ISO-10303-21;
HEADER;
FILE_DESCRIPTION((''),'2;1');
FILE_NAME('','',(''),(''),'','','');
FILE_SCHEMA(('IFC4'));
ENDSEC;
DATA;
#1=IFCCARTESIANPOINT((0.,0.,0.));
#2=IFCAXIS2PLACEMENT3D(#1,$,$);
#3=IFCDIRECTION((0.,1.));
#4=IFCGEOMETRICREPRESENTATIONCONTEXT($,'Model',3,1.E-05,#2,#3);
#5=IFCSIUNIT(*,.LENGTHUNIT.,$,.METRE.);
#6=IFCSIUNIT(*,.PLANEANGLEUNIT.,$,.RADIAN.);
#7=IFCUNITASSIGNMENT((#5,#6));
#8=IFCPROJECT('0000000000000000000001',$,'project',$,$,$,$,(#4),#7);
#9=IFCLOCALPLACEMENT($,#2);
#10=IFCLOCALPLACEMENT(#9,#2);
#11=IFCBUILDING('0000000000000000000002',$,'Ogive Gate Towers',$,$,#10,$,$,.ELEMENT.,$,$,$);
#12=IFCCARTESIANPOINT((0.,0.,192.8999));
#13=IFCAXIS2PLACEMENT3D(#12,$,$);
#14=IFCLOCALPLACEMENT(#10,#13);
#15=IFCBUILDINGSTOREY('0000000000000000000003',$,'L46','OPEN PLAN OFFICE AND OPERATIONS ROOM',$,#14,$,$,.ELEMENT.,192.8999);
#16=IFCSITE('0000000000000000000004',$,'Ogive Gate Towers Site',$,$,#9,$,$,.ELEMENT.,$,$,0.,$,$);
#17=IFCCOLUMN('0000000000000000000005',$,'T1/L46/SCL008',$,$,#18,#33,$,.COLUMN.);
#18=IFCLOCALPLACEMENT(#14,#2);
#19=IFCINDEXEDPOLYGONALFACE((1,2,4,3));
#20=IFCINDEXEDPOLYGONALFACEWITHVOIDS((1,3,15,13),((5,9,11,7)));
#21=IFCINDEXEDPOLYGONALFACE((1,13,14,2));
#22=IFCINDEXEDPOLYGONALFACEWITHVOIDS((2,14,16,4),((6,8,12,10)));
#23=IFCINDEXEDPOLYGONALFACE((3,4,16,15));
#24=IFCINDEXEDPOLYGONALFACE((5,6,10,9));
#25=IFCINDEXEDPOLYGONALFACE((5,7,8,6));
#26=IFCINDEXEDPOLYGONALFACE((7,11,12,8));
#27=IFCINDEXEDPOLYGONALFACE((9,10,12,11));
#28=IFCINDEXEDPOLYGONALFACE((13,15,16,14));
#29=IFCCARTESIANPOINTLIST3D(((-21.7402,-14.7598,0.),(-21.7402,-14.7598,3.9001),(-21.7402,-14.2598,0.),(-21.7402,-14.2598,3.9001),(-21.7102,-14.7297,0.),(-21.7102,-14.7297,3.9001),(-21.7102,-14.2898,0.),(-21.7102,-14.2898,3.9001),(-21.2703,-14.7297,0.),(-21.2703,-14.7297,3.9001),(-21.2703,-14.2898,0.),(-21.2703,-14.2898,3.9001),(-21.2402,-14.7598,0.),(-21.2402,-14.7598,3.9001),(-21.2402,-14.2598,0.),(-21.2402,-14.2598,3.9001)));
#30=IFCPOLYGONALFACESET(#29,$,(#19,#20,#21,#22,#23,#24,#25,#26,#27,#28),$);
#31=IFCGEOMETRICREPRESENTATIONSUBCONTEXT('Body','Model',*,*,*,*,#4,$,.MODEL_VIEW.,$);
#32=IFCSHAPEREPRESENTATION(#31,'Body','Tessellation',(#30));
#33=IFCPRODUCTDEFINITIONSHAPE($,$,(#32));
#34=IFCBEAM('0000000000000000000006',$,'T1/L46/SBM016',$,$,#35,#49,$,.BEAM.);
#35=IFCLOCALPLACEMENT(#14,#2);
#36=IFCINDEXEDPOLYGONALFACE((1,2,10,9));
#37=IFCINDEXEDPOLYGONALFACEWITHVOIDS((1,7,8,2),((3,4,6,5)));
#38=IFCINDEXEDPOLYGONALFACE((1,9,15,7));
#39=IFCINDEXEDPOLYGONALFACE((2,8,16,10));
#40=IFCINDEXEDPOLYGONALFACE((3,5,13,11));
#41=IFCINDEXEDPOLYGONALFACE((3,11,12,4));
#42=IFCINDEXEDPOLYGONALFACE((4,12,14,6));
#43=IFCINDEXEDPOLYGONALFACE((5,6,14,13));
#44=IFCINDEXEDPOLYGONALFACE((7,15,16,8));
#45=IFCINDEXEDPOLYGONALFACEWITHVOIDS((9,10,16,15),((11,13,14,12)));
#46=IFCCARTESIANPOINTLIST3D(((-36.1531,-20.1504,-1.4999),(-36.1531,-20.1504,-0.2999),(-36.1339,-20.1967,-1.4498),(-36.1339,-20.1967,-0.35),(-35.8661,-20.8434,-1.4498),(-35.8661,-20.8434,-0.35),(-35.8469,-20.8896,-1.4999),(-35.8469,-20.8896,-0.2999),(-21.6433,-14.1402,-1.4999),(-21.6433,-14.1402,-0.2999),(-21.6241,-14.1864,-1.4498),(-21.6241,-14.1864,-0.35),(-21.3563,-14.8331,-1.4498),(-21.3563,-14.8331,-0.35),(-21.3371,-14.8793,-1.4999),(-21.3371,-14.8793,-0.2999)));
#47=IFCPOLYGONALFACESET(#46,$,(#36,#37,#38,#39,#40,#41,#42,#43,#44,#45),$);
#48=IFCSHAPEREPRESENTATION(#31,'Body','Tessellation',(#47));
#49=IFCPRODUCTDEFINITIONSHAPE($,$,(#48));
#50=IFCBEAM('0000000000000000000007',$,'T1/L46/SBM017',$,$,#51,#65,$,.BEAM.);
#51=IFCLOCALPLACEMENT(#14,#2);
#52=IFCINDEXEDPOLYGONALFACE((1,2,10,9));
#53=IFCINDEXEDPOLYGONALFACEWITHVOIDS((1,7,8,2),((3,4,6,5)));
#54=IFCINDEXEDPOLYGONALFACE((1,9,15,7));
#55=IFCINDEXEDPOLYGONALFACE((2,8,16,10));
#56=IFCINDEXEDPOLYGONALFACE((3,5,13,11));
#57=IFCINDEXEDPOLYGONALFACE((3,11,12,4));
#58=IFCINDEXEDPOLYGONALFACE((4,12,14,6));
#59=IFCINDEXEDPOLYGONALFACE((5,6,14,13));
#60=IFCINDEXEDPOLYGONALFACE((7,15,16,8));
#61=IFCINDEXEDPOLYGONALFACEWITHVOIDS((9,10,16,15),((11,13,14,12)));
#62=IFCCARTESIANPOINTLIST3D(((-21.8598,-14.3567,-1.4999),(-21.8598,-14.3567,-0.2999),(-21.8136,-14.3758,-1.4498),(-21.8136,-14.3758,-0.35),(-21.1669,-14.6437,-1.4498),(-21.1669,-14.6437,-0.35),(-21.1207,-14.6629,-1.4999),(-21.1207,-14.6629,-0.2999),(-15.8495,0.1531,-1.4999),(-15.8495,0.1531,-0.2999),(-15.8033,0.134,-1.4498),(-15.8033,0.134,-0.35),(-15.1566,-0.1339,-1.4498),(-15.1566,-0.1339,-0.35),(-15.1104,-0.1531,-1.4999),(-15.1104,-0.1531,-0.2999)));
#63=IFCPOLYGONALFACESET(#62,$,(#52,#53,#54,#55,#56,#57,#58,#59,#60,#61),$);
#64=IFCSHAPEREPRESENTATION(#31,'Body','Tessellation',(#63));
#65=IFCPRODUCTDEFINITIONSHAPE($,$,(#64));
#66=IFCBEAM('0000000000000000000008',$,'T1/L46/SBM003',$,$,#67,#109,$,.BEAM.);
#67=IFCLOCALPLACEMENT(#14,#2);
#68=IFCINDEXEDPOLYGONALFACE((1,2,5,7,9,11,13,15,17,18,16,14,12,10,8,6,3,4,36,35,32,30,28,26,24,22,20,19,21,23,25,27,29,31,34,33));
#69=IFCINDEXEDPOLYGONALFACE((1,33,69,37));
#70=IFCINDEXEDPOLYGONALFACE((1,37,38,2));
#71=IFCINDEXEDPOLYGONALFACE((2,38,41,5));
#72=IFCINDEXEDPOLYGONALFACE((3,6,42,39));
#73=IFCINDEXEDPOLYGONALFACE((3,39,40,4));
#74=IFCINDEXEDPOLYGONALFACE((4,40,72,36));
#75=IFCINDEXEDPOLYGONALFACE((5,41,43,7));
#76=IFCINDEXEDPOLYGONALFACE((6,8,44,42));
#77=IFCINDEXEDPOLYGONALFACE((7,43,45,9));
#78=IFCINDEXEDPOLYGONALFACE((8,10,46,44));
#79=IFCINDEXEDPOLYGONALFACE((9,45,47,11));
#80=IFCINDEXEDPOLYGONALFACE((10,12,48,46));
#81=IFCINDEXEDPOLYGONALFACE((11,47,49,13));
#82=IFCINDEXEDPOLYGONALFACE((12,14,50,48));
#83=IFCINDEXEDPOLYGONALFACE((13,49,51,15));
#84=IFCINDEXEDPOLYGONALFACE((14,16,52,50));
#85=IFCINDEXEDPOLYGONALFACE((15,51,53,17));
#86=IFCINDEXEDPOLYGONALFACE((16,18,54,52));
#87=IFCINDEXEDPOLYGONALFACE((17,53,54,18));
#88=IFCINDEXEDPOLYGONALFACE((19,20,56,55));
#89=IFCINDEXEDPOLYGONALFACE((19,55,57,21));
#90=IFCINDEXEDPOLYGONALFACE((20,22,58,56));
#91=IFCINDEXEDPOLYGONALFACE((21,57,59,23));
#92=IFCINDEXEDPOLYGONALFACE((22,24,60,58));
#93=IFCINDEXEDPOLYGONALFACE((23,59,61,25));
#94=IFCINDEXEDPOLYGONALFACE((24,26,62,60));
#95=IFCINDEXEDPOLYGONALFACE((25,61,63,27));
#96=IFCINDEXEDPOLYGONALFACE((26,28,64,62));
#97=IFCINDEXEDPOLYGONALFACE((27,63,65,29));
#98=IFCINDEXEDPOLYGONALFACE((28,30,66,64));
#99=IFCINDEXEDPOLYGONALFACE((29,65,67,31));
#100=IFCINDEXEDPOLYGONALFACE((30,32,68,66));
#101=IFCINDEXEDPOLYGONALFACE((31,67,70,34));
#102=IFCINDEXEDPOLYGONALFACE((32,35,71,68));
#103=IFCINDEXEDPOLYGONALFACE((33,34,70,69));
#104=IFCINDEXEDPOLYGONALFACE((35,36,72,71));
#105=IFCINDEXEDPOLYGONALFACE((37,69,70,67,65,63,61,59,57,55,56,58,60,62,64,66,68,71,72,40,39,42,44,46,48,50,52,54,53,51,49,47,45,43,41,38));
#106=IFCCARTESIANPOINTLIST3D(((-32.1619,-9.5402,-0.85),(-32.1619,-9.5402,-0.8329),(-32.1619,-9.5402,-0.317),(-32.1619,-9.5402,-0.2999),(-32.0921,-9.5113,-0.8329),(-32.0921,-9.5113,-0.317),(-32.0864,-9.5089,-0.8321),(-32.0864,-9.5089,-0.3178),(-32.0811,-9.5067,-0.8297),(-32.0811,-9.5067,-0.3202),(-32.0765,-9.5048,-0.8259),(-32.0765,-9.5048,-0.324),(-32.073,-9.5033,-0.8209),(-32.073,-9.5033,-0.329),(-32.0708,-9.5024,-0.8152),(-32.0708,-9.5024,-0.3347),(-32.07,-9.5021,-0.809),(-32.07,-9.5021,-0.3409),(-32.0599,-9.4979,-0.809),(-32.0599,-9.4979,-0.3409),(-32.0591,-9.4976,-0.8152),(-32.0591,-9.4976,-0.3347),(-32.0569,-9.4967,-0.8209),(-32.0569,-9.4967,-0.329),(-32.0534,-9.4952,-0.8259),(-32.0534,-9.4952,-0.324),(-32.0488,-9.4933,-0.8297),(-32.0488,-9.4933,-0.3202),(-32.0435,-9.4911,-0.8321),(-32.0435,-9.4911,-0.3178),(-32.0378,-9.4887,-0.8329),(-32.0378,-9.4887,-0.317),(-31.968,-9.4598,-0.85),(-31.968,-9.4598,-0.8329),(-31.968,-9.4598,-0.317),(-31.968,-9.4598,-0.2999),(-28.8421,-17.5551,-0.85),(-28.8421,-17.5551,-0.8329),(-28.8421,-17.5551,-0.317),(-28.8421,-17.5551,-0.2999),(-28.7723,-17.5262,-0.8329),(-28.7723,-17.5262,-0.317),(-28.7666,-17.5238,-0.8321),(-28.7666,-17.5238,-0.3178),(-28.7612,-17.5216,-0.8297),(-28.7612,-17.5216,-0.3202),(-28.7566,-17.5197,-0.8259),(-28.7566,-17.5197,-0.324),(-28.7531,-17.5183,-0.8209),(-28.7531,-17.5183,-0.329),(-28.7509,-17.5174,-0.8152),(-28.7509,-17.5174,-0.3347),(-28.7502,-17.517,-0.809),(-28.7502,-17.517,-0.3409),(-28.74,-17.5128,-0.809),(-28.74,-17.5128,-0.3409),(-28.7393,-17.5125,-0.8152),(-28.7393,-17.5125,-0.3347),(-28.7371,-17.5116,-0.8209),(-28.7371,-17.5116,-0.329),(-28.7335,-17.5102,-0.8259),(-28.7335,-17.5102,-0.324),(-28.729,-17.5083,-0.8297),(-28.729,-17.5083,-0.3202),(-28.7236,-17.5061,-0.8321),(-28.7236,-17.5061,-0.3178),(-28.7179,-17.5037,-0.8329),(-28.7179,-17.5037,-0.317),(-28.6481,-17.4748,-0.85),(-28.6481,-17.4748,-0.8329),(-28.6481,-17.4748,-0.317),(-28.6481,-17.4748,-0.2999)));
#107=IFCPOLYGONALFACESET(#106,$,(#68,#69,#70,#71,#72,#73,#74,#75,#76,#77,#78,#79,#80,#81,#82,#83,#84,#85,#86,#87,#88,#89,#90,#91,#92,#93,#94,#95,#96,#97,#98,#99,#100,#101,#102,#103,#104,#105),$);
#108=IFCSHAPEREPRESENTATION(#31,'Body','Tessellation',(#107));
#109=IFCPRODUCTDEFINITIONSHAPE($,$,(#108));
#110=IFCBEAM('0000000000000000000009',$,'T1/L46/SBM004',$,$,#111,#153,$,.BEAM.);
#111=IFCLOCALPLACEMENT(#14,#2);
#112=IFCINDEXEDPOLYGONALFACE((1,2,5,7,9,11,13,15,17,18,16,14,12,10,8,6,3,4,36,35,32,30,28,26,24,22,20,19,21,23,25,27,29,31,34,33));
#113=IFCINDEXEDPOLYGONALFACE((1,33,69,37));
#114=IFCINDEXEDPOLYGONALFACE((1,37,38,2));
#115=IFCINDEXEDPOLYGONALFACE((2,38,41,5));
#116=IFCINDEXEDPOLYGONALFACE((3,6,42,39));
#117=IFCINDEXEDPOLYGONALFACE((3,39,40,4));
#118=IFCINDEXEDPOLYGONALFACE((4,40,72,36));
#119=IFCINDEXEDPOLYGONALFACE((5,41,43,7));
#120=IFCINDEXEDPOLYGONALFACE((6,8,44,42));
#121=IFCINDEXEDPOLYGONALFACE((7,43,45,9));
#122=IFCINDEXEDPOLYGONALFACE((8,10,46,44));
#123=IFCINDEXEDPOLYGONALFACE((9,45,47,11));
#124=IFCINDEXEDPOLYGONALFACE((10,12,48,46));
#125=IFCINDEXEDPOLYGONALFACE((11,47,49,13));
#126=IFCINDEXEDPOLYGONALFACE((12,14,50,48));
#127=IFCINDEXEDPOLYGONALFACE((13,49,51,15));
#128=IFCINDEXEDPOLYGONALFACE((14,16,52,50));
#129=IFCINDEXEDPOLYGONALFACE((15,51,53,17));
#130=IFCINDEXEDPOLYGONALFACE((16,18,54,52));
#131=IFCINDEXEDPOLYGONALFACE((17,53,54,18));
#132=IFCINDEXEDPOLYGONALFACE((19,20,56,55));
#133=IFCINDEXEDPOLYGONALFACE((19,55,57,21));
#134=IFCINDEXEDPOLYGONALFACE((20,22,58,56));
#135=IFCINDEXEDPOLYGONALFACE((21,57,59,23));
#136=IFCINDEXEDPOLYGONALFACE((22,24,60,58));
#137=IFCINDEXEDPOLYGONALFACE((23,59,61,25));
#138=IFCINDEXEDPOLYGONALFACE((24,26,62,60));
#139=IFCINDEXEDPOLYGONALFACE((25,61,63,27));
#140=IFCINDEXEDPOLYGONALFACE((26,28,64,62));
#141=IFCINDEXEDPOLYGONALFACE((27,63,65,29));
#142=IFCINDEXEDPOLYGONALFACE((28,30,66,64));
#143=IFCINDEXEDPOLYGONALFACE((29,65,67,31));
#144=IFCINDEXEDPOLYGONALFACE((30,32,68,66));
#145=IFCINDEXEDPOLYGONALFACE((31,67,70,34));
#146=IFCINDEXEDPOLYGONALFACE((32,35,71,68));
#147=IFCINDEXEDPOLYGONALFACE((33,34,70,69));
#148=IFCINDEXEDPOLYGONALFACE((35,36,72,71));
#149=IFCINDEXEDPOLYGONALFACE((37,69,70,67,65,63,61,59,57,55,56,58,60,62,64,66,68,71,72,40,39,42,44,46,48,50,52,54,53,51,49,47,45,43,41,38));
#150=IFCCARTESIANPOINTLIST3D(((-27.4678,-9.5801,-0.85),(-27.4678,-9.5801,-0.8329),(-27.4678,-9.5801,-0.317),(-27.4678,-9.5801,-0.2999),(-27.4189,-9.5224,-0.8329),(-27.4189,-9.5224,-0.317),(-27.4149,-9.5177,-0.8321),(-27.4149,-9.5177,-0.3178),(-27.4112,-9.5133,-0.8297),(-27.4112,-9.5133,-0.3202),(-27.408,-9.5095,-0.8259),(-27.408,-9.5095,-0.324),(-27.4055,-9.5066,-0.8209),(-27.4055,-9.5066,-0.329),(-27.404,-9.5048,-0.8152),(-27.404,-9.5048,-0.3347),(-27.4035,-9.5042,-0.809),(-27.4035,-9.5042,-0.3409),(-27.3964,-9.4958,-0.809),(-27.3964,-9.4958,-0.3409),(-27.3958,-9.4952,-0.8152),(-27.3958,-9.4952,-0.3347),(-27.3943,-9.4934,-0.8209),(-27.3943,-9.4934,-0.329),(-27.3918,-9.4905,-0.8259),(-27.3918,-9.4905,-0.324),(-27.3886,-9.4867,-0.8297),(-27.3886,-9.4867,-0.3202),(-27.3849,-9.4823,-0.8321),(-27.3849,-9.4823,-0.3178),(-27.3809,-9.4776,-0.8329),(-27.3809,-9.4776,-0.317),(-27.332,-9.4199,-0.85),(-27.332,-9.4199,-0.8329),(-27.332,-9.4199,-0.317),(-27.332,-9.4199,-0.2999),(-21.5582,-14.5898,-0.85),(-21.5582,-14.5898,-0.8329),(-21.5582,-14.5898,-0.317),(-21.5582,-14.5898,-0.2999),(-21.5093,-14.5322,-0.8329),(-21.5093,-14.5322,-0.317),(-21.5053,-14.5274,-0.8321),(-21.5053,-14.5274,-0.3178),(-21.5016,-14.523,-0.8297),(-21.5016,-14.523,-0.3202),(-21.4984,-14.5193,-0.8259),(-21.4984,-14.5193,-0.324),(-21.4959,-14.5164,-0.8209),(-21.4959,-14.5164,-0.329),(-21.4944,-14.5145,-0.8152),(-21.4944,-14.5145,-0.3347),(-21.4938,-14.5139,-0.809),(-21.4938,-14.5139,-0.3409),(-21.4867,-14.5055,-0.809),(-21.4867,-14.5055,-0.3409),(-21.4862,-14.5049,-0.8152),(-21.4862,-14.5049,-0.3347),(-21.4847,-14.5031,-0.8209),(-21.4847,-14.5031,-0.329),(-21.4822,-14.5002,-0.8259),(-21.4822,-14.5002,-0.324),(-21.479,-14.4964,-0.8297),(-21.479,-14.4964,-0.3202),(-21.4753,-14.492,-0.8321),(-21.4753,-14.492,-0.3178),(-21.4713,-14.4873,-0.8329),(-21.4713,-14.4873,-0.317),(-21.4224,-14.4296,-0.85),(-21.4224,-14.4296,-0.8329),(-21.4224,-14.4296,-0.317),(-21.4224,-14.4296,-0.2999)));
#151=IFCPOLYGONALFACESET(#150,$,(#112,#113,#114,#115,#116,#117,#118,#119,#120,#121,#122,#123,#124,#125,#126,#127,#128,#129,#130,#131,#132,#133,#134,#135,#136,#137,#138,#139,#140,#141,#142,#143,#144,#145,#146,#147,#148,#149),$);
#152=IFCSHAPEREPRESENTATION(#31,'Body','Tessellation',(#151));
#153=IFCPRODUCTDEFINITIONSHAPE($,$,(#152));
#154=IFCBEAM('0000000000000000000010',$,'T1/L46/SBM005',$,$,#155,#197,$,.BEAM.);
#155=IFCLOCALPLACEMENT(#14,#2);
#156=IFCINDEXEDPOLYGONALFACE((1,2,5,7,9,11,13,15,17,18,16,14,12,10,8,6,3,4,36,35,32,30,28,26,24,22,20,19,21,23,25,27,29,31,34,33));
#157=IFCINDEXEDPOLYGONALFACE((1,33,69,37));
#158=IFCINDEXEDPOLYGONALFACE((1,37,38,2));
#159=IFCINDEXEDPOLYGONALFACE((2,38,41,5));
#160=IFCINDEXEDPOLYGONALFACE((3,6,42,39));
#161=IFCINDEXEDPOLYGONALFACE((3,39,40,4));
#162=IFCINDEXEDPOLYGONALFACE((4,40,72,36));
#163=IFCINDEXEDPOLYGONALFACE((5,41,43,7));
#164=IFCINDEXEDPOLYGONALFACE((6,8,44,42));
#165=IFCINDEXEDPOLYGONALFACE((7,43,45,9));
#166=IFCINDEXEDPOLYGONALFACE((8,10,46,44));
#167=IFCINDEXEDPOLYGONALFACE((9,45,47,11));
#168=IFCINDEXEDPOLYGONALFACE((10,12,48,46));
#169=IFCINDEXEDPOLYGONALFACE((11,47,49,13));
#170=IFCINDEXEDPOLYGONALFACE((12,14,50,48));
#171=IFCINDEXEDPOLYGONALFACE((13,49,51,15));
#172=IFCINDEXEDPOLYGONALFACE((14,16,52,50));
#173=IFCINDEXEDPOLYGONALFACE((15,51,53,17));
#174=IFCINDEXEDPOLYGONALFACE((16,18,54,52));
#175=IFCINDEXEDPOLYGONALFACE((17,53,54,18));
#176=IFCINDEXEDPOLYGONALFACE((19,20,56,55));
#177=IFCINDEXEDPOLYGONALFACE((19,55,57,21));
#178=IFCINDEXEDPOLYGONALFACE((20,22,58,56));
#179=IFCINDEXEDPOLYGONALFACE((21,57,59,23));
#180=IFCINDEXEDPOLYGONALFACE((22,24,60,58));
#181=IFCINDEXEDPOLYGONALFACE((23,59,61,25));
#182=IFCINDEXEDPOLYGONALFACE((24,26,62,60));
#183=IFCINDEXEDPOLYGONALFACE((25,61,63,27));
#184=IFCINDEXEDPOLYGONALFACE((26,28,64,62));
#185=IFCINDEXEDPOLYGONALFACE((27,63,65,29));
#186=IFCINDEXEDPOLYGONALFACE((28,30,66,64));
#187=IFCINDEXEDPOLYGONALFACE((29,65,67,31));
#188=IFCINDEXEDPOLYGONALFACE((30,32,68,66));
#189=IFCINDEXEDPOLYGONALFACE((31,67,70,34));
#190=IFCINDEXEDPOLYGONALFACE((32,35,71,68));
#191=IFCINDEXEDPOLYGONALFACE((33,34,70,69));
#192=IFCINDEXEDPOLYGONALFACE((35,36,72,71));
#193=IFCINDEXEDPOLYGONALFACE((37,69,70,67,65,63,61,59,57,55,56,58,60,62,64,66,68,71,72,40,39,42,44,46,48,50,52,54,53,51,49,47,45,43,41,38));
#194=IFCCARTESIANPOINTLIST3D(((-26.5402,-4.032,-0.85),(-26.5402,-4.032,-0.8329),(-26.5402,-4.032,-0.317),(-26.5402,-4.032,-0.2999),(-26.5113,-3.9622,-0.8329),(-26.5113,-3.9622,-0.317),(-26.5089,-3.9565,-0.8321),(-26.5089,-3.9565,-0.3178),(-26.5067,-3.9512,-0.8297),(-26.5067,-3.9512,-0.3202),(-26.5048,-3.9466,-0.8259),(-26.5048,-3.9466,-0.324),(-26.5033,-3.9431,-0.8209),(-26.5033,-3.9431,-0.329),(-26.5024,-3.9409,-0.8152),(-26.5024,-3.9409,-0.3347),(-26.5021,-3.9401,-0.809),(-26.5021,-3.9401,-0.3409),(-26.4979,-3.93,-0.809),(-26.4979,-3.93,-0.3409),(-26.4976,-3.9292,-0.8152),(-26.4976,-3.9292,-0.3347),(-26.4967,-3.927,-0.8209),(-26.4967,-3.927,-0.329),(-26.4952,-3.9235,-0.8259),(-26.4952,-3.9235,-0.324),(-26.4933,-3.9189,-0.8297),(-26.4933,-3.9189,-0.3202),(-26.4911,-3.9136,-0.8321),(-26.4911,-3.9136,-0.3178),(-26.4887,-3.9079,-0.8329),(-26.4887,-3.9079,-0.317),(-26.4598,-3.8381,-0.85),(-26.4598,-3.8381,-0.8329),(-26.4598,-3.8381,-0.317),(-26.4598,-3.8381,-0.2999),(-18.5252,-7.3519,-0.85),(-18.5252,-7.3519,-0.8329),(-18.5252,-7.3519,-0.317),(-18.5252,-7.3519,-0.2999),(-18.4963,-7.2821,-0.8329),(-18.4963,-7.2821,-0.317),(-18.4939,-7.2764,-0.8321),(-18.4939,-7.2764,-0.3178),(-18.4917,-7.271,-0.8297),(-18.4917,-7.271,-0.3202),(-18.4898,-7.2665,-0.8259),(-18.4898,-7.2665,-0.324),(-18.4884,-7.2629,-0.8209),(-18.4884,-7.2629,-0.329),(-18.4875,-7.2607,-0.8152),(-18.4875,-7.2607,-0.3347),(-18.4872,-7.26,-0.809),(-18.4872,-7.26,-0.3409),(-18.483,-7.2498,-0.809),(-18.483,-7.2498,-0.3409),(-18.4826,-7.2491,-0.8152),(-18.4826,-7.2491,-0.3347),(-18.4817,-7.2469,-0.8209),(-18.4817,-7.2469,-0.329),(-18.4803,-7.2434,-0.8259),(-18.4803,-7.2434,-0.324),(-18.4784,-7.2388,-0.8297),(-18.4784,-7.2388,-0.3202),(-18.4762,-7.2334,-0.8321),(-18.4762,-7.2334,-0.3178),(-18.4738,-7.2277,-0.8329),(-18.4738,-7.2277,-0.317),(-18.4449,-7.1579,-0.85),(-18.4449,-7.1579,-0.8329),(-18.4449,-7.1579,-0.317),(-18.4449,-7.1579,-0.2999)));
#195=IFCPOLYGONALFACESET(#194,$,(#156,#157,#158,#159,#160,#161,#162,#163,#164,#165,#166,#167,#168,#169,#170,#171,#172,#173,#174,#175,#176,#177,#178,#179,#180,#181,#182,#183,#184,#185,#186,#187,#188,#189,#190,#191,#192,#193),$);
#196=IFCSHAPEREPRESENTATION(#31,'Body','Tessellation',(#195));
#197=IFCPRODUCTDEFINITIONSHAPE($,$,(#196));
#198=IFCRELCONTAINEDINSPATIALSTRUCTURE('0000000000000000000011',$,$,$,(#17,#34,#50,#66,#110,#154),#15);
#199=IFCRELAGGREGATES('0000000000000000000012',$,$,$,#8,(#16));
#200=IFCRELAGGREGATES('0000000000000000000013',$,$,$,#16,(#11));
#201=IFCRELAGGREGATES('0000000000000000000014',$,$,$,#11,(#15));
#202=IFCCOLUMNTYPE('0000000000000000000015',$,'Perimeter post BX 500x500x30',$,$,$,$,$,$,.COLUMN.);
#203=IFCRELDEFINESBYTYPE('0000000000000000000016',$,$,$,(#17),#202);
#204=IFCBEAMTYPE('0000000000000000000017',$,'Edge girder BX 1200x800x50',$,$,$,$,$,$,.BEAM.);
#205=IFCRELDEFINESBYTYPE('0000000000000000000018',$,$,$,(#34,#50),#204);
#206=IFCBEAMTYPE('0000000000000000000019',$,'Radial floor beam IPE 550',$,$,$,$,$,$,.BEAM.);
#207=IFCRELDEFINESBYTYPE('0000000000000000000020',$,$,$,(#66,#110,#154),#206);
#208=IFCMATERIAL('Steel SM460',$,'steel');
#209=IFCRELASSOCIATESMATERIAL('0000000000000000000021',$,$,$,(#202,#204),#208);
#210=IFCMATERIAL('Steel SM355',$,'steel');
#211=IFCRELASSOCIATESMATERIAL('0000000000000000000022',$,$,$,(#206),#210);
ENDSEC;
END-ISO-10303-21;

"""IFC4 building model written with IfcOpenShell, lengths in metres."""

from ifc_helpers import new_model, si_unit, direction, frame, origin, origin_2d, place, context, subcontext, project, spatial, hollow_rectangle, i_section, extrude, material, material_profile, profile_set, type_object, element, save


model = new_model("IFC4")

# Units and contexts
model_context = context("Model", 3, precision=1e-05, world=origin(), true_north=direction((0.0, 1.0)))
body_context = subcontext(model_context, "Body", "Model", "MODEL_VIEW")
ifc_project = project(units=[si_unit("LENGTHUNIT", "METRE"), si_unit("PLANEANGLEUNIT", "RADIAN")], contexts=[model_context])

# Site, building, storey
site_placement = place(None, origin())
site = spatial("IfcSite", under=ifc_project, at=site_placement, Name="Ogive Gate Towers Site", CompositionType="ELEMENT", RefElevation=0.0)
building_placement = place(site_placement, origin())
building = spatial("IfcBuilding", under=site, at=building_placement, Name="Ogive Gate Towers", CompositionType="ELEMENT")
storey_placement = place(building_placement, frame((0.0, 0.0, 192.8999)))
storey = spatial("IfcBuildingStorey", under=building, at=storey_placement, Name="L46", Description="OPEN PLAN OFFICE AND OPERATIONS ROOM", CompositionType="ELEMENT", Elevation=192.8999)

# Column
ifc_material_1 = material(Name="Steel SM460", Category="steel")
ifc_material_profile_1 = material_profile(ifc_material_1, hollow_rectangle(XDim=0.5, YDim=0.5, WallThickness=0.03, at=origin_2d()), Name="BX 500x500x30")
ifc_profile_set_1 = profile_set([ifc_material_profile_1], Name="Steel SM460")
column_type = type_object("IfcColumnType", Name="Perimeter post BX 500x500x30", PredefinedType="COLUMN", material=ifc_profile_set_1)
column_placement = place(storey_placement, frame((-21.4902, -14.5098, 0.0), z_axis=(0.0, 0.0, 1.0), x_axis=(1.0, 0.0, 0.0)))
element("IfcColumn", 1, at=column_placement, inside=storey, type_object=column_type, Name="T1/L46/SCL008", PredefinedType="COLUMN", context=body_context, shape_type="SweptSolid", body=[
    extrude(hollow_rectangle(XDim=0.5, YDim=0.5, WallThickness=0.03, at=origin_2d()), origin(), (0.0, 0.0, 1.0), 3.9001),
])

# Beams
ifc_material_profile_2 = material_profile(ifc_material_1, hollow_rectangle(XDim=0.8, YDim=1.2, WallThickness=0.05, at=origin_2d()), Name="BX 1200x800x50")
ifc_profile_set_2 = profile_set([ifc_material_profile_2], Name="Steel SM460")
beam_type_1 = type_object("IfcBeamType", Name="Edge girder BX 1200x800x50", PredefinedType="BEAM", material=ifc_profile_set_2)
for number, where, z_axis, x_axis, name in (
    (2, (-36.0, -20.52, -0.8999), (0.923877, 0.38269, 0.0), (-0.38269, 0.923877, 0.0), "T1/L46/SBM016"),
    (3, (-21.4902, -14.5098, -0.8999), (0.38269, 0.923877, 0.0), (-0.923877, 0.38269, 0.0), "T1/L46/SBM017"),
):
    element("IfcBeam", number, at=place(storey_placement, frame(where, z_axis=z_axis, x_axis=x_axis)), inside=storey, type_object=beam_type_1, Name=name, PredefinedType="BEAM", context=body_context, shape_type="SweptSolid", body=[
        extrude(hollow_rectangle(XDim=0.8, YDim=1.2, WallThickness=0.05, at=origin_2d()), origin(), (0.0, 0.0, 1.0), 15.7053),
    ])
ifc_material_2 = material(Name="Steel SM355", Category="steel")
ifc_material_profile_3 = material_profile(ifc_material_2, i_section(OverallWidth=0.21, OverallDepth=0.55, WebThickness=0.011, FlangeThickness=0.0171, FilletRadius=0.0239, at=origin_2d()), Name="IPE 550")
ifc_profile_set_3 = profile_set([ifc_material_profile_3], Name="Steel SM355")
beam_type_2 = type_object("IfcBeamType", Name="Radial floor beam IPE 550", PredefinedType="BEAM", material=ifc_profile_set_3)
beam_1_placement = place(storey_placement, frame((-32.0649, -9.5, -0.575), z_axis=(0.382678, -0.923882, 0.0), x_axis=(0.923882, 0.382678, 0.0)))
element("IfcBeam", 4, at=beam_1_placement, inside=storey, type_object=beam_type_2, Name="T1/L46/SBM003", PredefinedType="BEAM", context=body_context, shape_type="SweptSolid", body=[
    extrude(i_section(OverallWidth=0.21, OverallDepth=0.55, WebThickness=0.011, FlangeThickness=0.0171, FilletRadius=0.0239, at=origin_2d()), origin(), (0.0, 0.0, 1.0), 8.6753),
])
beam_2_placement = place(storey_placement, frame((-27.3999, -9.5, -0.575), z_axis=(0.762795, -0.64664, 0.0), x_axis=(0.64664, 0.762795, 0.0)))
element("IfcBeam", 5, at=beam_2_placement, inside=storey, type_object=beam_type_2, Name="T1/L46/SBM004", PredefinedType="BEAM", context=body_context, shape_type="SweptSolid", body=[
    extrude(i_section(OverallWidth=0.21, OverallDepth=0.55, WebThickness=0.011, FlangeThickness=0.0171, FilletRadius=0.0239, at=origin_2d()), origin(), (0.0, 0.0, 1.0), 7.7473),
])
beam_3_placement = place(storey_placement, frame((-26.5, -3.9351, -0.575), z_axis=(0.923882, -0.382678, 0.0), x_axis=(0.382678, 0.923882, 0.0)))
element("IfcBeam", 6, at=beam_3_placement, inside=storey, type_object=beam_type_2, Name="T1/L46/SBM005", PredefinedType="BEAM", context=body_context, shape_type="SweptSolid", body=[
    extrude(i_section(OverallWidth=0.21, OverallDepth=0.55, WebThickness=0.011, FlangeThickness=0.0171, FilletRadius=0.0239, at=origin_2d()), origin(), (0.0, 0.0, 1.0), 8.6753),
])

save(model, "model.ifc")
